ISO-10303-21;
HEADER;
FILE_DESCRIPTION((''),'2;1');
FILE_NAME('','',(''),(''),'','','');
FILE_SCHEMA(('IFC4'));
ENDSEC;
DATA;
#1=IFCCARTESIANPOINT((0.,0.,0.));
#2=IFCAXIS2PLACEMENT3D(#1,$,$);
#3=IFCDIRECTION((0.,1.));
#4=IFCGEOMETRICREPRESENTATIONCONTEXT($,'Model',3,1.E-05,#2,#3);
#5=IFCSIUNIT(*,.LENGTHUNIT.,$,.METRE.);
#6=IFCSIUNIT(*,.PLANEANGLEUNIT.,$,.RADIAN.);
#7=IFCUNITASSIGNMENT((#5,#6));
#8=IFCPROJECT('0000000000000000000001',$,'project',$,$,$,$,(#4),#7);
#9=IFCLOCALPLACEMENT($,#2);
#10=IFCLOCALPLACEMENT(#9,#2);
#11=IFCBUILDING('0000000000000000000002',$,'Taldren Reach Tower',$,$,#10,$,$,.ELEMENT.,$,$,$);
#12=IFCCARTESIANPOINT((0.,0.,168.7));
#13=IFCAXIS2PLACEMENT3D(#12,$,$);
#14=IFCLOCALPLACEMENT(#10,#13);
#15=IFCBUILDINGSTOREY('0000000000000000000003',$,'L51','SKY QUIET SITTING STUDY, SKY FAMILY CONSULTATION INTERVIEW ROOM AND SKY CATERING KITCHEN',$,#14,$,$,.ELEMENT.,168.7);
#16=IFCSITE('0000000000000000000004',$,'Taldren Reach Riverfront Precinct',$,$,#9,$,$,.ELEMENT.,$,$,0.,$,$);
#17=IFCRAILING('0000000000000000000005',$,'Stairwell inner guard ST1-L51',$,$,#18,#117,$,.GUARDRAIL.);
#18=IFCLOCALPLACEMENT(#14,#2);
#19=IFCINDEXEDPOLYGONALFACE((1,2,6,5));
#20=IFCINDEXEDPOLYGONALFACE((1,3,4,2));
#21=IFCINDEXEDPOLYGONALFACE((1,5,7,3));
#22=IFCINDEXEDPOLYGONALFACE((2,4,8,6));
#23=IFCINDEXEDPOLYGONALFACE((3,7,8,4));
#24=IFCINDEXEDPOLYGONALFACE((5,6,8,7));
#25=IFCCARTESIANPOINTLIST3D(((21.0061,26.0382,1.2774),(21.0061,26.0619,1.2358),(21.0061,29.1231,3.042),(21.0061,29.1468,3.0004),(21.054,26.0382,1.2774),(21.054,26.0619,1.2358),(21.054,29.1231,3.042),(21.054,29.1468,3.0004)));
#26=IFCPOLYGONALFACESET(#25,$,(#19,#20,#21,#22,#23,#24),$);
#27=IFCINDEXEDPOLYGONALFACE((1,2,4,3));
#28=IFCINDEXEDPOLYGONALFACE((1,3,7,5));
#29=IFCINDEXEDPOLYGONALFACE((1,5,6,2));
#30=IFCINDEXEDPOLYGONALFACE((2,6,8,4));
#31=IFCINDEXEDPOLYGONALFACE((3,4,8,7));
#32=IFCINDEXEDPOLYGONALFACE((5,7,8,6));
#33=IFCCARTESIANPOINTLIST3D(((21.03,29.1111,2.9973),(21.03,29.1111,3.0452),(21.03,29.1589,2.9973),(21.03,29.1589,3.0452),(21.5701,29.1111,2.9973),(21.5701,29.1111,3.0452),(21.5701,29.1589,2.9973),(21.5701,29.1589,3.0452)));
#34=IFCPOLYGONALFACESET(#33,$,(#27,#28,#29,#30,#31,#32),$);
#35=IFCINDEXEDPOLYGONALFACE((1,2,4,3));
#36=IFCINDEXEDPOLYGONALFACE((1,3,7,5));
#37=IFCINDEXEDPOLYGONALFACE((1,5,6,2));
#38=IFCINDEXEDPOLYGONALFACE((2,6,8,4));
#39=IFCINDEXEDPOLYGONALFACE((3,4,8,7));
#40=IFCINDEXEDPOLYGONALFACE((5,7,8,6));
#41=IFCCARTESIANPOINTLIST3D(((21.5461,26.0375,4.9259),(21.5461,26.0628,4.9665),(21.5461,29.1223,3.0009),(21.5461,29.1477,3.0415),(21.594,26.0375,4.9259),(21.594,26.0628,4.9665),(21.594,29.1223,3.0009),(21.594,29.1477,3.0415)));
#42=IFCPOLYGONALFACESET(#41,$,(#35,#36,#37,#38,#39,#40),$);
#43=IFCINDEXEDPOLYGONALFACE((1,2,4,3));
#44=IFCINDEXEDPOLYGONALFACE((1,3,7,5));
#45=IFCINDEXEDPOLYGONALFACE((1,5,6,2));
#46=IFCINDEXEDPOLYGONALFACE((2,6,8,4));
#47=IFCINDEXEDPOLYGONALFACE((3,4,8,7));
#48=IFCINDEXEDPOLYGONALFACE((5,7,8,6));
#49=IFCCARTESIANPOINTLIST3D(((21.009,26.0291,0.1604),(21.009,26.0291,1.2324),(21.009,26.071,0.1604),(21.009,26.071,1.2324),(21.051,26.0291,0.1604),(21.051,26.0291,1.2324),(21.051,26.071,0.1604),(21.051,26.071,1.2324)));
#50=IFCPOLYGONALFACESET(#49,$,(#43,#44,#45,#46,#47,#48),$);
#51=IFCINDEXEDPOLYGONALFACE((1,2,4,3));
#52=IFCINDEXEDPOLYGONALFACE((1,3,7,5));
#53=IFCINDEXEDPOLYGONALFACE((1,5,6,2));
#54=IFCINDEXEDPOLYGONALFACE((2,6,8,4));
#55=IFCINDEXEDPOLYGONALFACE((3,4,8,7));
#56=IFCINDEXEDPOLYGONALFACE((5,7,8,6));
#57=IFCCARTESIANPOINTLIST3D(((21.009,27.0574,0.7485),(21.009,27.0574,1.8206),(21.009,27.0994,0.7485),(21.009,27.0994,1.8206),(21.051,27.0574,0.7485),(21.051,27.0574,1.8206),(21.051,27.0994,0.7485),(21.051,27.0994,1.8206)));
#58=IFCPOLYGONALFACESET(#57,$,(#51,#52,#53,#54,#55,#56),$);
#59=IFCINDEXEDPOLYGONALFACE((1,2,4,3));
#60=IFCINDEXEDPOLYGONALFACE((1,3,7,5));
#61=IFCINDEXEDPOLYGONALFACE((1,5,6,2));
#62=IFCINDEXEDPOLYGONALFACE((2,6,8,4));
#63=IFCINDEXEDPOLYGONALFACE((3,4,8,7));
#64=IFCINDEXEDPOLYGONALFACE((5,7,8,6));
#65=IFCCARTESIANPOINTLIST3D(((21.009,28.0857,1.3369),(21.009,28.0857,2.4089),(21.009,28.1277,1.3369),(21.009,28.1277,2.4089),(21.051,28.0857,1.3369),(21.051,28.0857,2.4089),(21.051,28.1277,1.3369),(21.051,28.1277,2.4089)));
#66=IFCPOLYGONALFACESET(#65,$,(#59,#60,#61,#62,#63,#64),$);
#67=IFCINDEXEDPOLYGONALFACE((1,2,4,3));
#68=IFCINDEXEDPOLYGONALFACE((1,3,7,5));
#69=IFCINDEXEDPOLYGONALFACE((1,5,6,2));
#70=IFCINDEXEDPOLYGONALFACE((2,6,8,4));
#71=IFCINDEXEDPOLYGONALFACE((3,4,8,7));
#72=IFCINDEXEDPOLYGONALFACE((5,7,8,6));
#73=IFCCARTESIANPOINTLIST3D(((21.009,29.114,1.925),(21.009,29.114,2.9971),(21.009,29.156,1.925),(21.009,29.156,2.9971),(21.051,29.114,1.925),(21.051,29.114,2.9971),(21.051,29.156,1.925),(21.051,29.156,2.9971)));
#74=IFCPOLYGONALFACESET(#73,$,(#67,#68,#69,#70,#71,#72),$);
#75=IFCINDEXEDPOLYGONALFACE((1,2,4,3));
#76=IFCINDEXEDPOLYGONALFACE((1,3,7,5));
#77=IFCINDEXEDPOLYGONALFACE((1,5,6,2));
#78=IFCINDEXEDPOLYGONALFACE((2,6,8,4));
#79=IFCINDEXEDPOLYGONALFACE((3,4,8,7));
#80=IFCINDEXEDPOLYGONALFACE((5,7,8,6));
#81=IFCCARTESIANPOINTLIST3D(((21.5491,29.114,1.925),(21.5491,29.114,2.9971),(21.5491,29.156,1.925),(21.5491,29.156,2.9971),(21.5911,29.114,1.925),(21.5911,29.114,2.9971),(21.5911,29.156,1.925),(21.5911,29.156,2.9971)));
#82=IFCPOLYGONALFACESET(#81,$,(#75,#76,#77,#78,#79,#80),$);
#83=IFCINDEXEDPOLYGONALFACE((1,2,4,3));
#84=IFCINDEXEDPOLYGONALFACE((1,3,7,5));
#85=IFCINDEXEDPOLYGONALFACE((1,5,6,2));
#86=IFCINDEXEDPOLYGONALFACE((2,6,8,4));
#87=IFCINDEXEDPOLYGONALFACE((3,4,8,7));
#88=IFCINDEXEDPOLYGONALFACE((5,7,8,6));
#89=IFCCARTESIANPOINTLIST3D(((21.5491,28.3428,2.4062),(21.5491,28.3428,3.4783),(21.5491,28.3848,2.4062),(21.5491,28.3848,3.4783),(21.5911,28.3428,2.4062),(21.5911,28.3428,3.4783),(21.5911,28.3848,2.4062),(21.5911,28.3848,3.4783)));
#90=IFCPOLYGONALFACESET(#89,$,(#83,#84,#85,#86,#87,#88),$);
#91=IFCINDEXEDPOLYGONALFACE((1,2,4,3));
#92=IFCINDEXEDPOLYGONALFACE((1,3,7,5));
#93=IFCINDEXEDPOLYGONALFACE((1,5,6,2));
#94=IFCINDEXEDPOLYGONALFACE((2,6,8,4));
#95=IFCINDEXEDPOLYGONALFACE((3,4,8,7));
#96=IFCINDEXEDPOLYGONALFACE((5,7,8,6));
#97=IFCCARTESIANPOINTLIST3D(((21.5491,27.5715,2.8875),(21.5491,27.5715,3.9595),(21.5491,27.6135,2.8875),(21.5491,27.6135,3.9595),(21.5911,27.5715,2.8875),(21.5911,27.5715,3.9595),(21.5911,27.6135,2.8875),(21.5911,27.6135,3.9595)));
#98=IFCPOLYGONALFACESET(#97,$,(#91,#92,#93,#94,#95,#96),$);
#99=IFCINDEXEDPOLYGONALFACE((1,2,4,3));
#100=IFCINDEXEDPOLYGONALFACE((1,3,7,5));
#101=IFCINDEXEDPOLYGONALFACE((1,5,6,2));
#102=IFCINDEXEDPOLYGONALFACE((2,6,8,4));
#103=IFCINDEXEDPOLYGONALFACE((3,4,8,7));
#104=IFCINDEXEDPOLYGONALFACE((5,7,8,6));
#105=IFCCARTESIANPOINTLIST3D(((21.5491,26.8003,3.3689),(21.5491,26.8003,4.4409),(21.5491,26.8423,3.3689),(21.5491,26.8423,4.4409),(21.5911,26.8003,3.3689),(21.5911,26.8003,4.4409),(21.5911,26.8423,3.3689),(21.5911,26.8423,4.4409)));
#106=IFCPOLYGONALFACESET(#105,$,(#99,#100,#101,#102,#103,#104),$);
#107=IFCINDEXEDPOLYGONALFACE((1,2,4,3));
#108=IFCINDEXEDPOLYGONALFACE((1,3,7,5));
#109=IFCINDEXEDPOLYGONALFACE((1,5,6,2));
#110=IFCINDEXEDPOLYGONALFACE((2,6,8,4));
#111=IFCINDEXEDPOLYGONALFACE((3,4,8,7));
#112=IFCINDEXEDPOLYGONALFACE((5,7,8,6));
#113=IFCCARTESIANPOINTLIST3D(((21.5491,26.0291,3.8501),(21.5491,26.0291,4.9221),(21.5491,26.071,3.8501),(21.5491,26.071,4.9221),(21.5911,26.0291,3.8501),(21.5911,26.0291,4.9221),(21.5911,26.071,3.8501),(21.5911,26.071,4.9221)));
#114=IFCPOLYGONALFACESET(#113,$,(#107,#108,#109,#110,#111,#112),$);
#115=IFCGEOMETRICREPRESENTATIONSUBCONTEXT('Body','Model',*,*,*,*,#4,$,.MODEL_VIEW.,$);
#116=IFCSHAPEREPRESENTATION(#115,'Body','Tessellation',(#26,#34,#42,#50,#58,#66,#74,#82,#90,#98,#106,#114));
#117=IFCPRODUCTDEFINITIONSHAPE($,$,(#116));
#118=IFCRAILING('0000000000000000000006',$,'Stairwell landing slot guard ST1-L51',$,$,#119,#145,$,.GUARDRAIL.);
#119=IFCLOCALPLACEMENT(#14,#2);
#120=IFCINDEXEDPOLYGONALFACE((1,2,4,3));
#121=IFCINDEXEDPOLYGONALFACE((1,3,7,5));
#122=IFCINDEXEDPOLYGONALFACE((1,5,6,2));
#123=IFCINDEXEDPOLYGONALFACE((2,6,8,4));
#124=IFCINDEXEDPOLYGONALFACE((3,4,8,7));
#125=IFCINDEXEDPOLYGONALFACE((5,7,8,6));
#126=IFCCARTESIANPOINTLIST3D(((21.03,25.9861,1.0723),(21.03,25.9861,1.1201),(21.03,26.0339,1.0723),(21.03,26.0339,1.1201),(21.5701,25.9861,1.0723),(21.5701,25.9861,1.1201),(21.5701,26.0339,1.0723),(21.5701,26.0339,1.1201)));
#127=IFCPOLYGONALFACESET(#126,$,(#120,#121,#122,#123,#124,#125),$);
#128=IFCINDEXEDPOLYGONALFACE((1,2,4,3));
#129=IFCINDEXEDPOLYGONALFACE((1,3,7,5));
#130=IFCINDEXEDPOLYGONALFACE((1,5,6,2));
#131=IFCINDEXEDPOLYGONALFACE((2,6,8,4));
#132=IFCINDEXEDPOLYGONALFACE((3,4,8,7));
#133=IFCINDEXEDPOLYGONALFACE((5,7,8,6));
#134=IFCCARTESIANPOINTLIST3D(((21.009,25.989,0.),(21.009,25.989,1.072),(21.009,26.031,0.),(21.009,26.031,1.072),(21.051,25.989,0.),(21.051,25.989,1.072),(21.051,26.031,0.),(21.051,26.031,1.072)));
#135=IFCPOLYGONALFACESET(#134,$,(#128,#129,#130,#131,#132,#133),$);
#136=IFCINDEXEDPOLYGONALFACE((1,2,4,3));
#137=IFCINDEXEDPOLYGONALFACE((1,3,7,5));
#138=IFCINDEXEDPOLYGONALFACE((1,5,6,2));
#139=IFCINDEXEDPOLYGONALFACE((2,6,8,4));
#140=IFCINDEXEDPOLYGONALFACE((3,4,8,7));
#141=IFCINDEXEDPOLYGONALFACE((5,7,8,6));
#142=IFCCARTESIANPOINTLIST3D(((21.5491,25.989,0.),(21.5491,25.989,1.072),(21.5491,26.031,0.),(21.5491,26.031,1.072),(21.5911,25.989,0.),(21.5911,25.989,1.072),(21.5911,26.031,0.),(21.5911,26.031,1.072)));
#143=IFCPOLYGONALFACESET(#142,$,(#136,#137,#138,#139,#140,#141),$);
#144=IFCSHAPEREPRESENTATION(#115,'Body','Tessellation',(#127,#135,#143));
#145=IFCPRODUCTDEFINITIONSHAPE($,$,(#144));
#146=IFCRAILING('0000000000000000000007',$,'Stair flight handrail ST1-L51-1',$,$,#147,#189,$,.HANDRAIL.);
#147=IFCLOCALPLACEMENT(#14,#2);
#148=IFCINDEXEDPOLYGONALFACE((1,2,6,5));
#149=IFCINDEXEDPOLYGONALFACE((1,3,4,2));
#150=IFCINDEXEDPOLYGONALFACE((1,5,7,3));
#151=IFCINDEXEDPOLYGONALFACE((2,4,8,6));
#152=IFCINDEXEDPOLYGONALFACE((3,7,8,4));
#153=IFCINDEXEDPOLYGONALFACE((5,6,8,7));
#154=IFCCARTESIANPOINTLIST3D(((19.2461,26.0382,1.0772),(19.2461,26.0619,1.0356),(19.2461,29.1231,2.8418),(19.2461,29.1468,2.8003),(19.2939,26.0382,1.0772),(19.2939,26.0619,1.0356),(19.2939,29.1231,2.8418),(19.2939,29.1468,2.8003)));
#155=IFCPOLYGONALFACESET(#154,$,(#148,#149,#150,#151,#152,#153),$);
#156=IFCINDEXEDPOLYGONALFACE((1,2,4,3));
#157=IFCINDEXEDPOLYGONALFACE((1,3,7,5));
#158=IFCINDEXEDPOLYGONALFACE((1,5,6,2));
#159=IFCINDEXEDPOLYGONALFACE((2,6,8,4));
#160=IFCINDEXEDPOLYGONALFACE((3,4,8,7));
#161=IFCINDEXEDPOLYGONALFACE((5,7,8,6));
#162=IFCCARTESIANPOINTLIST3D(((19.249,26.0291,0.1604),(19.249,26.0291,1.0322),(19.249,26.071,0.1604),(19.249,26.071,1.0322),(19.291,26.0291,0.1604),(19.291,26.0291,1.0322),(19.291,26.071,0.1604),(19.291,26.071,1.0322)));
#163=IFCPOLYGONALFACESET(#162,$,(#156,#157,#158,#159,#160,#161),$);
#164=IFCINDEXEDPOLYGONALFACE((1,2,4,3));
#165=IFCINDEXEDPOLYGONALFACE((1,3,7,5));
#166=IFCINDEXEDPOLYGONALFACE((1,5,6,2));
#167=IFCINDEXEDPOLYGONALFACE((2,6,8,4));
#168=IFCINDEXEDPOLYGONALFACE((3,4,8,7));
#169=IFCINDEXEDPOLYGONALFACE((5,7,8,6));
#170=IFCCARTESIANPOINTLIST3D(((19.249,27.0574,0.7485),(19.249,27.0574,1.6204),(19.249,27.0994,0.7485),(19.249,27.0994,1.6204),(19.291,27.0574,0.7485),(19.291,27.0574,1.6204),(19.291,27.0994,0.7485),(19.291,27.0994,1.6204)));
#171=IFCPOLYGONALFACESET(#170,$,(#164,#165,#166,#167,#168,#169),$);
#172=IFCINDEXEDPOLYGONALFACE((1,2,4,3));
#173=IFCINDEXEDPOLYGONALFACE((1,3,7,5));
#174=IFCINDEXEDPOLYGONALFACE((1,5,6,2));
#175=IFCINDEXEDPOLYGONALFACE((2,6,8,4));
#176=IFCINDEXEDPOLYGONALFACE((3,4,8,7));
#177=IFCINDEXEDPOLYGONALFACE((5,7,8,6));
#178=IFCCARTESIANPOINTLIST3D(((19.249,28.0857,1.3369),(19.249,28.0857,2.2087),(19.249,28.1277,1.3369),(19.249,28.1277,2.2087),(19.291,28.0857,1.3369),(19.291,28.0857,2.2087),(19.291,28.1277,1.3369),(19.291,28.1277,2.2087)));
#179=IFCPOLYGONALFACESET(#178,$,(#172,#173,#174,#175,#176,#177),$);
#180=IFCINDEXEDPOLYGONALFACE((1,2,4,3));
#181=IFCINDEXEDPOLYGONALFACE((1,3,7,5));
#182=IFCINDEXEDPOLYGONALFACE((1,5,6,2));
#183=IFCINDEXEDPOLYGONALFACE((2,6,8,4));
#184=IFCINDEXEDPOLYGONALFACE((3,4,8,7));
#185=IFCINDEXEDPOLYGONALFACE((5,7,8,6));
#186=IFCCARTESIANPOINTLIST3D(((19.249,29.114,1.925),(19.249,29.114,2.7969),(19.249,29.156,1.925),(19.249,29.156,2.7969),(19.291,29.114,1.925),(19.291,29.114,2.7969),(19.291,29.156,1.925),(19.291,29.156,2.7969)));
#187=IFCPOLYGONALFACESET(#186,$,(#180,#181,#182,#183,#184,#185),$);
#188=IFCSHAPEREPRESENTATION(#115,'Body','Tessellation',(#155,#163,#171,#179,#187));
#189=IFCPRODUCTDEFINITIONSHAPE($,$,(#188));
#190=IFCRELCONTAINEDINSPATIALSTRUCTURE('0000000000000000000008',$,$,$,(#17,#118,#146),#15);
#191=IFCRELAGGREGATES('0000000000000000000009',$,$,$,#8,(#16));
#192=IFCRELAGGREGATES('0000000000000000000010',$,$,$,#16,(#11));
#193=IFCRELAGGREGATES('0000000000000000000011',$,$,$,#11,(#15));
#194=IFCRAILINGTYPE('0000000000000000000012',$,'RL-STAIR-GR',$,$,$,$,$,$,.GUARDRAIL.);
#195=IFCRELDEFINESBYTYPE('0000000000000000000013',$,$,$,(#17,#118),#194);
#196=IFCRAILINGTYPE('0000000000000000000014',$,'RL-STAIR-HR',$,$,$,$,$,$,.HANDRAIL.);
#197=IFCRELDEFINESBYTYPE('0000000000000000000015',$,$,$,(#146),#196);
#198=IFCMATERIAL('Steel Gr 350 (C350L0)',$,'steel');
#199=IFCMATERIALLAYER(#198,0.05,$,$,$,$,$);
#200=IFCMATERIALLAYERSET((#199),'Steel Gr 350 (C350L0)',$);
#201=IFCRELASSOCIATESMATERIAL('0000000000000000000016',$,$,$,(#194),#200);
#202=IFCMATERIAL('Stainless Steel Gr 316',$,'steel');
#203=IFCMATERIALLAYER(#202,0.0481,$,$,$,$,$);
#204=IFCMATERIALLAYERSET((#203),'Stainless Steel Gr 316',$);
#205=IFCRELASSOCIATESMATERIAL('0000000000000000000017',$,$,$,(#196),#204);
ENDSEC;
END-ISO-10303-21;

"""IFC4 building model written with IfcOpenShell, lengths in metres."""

from ifc_helpers import new_model, si_unit, direction, frame, origin, origin_2d, place, context, subcontext, project, spatial, rectangle, extrude, material, layer, layer_set, type_object, element, save


model = new_model("IFC4")

# Units and contexts
model_context = context("Model", 3, precision=1e-05, world=origin(), true_north=direction((0.0, 1.0)))
body_context = subcontext(model_context, "Body", "Model", "MODEL_VIEW")
ifc_project = project(units=[si_unit("LENGTHUNIT", "METRE"), si_unit("PLANEANGLEUNIT", "RADIAN")], contexts=[model_context])

# Site, building, storey
site_placement = place(None, origin())
site = spatial("IfcSite", under=ifc_project, at=site_placement, Name="Taldren Reach Riverfront Precinct", CompositionType="ELEMENT", RefElevation=0.0)
building_placement = place(site_placement, origin())
building = spatial("IfcBuilding", under=site, at=building_placement, Name="Taldren Reach Tower", CompositionType="ELEMENT")
storey_placement = place(building_placement, frame((0.0, 0.0, 168.7)))
storey = spatial("IfcBuildingStorey", under=building, at=storey_placement, Name="L51", Description="SKY QUIET SITTING STUDY, SKY FAMILY CONSULTATION INTERVIEW ROOM AND SKY CATERING KITCHEN", CompositionType="ELEMENT", Elevation=168.7)

# Railings
ifc_material_1 = material(Name="Steel Gr 350 (C350L0)", Category="steel")
ifc_layer_1 = layer(ifc_material_1, 0.05)
ifc_layer_set_1 = layer_set([ifc_layer_1], Name="Steel Gr 350 (C350L0)")
railing_type_1 = type_object("IfcRailingType", Name="RL-STAIR-GR", PredefinedType="GUARDRAIL", material=ifc_layer_set_1)
railing_1_placement = place(storey_placement, frame((21.03, 26.05, 0.1604)))
element("IfcRailing", 1, at=railing_1_placement, inside=storey, type_object=railing_type_1, Name="Stairwell inner guard ST1-L51", PredefinedType="GUARDRAIL", context=body_context, shape_type="SweptSolid", body=[
    extrude(rectangle(XDim=0.0479, YDim=0.0479, at=origin_2d()), frame((0.0, 0.0, 1.0962), z_axis=(0.0, 0.868023, 0.496524), x_axis=(-1.0, 0.0, 0.0)), (0.0, 0.0, 1.0), 3.554),
    extrude(rectangle(XDim=0.0479, YDim=0.0479, at=origin_2d()), frame((0.0, 3.085, 2.8608), z_axis=(1.0, 0.0, 0.0), x_axis=(0.0, 1.0, 0.0)), (0.0, 0.0, 1.0), 0.54),
    extrude(rectangle(XDim=0.0479, YDim=0.0479, at=origin_2d()), frame((0.54, 3.085, 2.8608), z_axis=(0.0, -0.848375, 0.529395), x_axis=(1.0, 0.0, 0.0)), (0.0, 0.0, 1.0), 3.6362),
    extrude(rectangle(XDim=0.042, YDim=0.042, at=origin_2d()), origin(), (0.0, 0.0, 1.0), 1.072),
    extrude(rectangle(XDim=0.042, YDim=0.042, at=origin_2d()), frame((0.0, 1.0283, 0.5881)), (0.0, 0.0, 1.0), 1.072),
    extrude(rectangle(XDim=0.042, YDim=0.042, at=origin_2d()), frame((0.0, 2.0566, 1.1765)), (0.0, 0.0, 1.0), 1.072),
    extrude(rectangle(XDim=0.042, YDim=0.042, at=origin_2d()), frame((0.0, 3.085, 1.7646)), (0.0, 0.0, 1.0), 1.072),
    extrude(rectangle(XDim=0.042, YDim=0.042, at=origin_2d()), frame((0.54, 3.085, 1.7646)), (0.0, 0.0, 1.0), 1.072),
    extrude(rectangle(XDim=0.042, YDim=0.042, at=origin_2d()), frame((0.54, 2.3137, 2.2458)), (0.0, 0.0, 1.0), 1.072),
    extrude(rectangle(XDim=0.042, YDim=0.042, at=origin_2d()), frame((0.54, 1.5425, 2.7271)), (0.0, 0.0, 1.0), 1.072),
    extrude(rectangle(XDim=0.042, YDim=0.042, at=origin_2d()), frame((0.54, 0.7712, 3.2085)), (0.0, 0.0, 1.0), 1.072),
    extrude(rectangle(XDim=0.042, YDim=0.042, at=origin_2d()), frame((0.54, 0.0, 3.6897)), (0.0, 0.0, 1.0), 1.072),
])
railing_2_placement = place(storey_placement, frame((21.03, 26.01, 0.0)))
element("IfcRailing", 2, at=railing_2_placement, inside=storey, type_object=railing_type_1, Name="Stairwell landing slot guard ST1-L51", PredefinedType="GUARDRAIL", context=body_context, shape_type="SweptSolid", body=[
    extrude(rectangle(XDim=0.0479, YDim=0.0479, at=origin_2d()), frame((0.0, 0.0, 1.0962), z_axis=(1.0, 0.0, 0.0), x_axis=(0.0, 1.0, 0.0)), (0.0, 0.0, 1.0), 0.54),
    extrude(rectangle(XDim=0.042, YDim=0.042, at=origin_2d()), origin(), (0.0, 0.0, 1.0), 1.072),
    extrude(rectangle(XDim=0.042, YDim=0.042, at=origin_2d()), frame((0.54, 0.0, 0.0)), (0.0, 0.0, 1.0), 1.072),
])
ifc_material_2 = material(Name="Stainless Steel Gr 316", Category="steel")
ifc_layer_2 = layer(ifc_material_2, 0.0481)
ifc_layer_set_2 = layer_set([ifc_layer_2], Name="Stainless Steel Gr 316")
railing_type_2 = type_object("IfcRailingType", Name="RL-STAIR-HR", PredefinedType="HANDRAIL", material=ifc_layer_set_2)
railing_3_placement = place(storey_placement, frame((19.27, 26.05, 0.1604)))
element("IfcRailing", 3, at=railing_3_placement, inside=storey, type_object=railing_type_2, Name="Stair flight handrail ST1-L51-1", PredefinedType="HANDRAIL", context=body_context, shape_type="SweptSolid", body=[
    extrude(rectangle(XDim=0.0479, YDim=0.0479, at=origin_2d()), frame((0.0, 0.0, 0.896), z_axis=(0.0, 0.868023, 0.496524), x_axis=(-1.0, 0.0, 0.0)), (0.0, 0.0, 1.0), 3.554),
    extrude(rectangle(XDim=0.042, YDim=0.042, at=origin_2d()), origin(), (0.0, 0.0, 1.0), 0.8718),
    extrude(rectangle(XDim=0.042, YDim=0.042, at=origin_2d()), frame((0.0, 1.0283, 0.5881)), (0.0, 0.0, 1.0), 0.8718),
    extrude(rectangle(XDim=0.042, YDim=0.042, at=origin_2d()), frame((0.0, 2.0566, 1.1765)), (0.0, 0.0, 1.0), 0.8718),
    extrude(rectangle(XDim=0.042, YDim=0.042, at=origin_2d()), frame((0.0, 3.085, 1.7646)), (0.0, 0.0, 1.0), 0.8718),
])

save(model, "model.ifc")
